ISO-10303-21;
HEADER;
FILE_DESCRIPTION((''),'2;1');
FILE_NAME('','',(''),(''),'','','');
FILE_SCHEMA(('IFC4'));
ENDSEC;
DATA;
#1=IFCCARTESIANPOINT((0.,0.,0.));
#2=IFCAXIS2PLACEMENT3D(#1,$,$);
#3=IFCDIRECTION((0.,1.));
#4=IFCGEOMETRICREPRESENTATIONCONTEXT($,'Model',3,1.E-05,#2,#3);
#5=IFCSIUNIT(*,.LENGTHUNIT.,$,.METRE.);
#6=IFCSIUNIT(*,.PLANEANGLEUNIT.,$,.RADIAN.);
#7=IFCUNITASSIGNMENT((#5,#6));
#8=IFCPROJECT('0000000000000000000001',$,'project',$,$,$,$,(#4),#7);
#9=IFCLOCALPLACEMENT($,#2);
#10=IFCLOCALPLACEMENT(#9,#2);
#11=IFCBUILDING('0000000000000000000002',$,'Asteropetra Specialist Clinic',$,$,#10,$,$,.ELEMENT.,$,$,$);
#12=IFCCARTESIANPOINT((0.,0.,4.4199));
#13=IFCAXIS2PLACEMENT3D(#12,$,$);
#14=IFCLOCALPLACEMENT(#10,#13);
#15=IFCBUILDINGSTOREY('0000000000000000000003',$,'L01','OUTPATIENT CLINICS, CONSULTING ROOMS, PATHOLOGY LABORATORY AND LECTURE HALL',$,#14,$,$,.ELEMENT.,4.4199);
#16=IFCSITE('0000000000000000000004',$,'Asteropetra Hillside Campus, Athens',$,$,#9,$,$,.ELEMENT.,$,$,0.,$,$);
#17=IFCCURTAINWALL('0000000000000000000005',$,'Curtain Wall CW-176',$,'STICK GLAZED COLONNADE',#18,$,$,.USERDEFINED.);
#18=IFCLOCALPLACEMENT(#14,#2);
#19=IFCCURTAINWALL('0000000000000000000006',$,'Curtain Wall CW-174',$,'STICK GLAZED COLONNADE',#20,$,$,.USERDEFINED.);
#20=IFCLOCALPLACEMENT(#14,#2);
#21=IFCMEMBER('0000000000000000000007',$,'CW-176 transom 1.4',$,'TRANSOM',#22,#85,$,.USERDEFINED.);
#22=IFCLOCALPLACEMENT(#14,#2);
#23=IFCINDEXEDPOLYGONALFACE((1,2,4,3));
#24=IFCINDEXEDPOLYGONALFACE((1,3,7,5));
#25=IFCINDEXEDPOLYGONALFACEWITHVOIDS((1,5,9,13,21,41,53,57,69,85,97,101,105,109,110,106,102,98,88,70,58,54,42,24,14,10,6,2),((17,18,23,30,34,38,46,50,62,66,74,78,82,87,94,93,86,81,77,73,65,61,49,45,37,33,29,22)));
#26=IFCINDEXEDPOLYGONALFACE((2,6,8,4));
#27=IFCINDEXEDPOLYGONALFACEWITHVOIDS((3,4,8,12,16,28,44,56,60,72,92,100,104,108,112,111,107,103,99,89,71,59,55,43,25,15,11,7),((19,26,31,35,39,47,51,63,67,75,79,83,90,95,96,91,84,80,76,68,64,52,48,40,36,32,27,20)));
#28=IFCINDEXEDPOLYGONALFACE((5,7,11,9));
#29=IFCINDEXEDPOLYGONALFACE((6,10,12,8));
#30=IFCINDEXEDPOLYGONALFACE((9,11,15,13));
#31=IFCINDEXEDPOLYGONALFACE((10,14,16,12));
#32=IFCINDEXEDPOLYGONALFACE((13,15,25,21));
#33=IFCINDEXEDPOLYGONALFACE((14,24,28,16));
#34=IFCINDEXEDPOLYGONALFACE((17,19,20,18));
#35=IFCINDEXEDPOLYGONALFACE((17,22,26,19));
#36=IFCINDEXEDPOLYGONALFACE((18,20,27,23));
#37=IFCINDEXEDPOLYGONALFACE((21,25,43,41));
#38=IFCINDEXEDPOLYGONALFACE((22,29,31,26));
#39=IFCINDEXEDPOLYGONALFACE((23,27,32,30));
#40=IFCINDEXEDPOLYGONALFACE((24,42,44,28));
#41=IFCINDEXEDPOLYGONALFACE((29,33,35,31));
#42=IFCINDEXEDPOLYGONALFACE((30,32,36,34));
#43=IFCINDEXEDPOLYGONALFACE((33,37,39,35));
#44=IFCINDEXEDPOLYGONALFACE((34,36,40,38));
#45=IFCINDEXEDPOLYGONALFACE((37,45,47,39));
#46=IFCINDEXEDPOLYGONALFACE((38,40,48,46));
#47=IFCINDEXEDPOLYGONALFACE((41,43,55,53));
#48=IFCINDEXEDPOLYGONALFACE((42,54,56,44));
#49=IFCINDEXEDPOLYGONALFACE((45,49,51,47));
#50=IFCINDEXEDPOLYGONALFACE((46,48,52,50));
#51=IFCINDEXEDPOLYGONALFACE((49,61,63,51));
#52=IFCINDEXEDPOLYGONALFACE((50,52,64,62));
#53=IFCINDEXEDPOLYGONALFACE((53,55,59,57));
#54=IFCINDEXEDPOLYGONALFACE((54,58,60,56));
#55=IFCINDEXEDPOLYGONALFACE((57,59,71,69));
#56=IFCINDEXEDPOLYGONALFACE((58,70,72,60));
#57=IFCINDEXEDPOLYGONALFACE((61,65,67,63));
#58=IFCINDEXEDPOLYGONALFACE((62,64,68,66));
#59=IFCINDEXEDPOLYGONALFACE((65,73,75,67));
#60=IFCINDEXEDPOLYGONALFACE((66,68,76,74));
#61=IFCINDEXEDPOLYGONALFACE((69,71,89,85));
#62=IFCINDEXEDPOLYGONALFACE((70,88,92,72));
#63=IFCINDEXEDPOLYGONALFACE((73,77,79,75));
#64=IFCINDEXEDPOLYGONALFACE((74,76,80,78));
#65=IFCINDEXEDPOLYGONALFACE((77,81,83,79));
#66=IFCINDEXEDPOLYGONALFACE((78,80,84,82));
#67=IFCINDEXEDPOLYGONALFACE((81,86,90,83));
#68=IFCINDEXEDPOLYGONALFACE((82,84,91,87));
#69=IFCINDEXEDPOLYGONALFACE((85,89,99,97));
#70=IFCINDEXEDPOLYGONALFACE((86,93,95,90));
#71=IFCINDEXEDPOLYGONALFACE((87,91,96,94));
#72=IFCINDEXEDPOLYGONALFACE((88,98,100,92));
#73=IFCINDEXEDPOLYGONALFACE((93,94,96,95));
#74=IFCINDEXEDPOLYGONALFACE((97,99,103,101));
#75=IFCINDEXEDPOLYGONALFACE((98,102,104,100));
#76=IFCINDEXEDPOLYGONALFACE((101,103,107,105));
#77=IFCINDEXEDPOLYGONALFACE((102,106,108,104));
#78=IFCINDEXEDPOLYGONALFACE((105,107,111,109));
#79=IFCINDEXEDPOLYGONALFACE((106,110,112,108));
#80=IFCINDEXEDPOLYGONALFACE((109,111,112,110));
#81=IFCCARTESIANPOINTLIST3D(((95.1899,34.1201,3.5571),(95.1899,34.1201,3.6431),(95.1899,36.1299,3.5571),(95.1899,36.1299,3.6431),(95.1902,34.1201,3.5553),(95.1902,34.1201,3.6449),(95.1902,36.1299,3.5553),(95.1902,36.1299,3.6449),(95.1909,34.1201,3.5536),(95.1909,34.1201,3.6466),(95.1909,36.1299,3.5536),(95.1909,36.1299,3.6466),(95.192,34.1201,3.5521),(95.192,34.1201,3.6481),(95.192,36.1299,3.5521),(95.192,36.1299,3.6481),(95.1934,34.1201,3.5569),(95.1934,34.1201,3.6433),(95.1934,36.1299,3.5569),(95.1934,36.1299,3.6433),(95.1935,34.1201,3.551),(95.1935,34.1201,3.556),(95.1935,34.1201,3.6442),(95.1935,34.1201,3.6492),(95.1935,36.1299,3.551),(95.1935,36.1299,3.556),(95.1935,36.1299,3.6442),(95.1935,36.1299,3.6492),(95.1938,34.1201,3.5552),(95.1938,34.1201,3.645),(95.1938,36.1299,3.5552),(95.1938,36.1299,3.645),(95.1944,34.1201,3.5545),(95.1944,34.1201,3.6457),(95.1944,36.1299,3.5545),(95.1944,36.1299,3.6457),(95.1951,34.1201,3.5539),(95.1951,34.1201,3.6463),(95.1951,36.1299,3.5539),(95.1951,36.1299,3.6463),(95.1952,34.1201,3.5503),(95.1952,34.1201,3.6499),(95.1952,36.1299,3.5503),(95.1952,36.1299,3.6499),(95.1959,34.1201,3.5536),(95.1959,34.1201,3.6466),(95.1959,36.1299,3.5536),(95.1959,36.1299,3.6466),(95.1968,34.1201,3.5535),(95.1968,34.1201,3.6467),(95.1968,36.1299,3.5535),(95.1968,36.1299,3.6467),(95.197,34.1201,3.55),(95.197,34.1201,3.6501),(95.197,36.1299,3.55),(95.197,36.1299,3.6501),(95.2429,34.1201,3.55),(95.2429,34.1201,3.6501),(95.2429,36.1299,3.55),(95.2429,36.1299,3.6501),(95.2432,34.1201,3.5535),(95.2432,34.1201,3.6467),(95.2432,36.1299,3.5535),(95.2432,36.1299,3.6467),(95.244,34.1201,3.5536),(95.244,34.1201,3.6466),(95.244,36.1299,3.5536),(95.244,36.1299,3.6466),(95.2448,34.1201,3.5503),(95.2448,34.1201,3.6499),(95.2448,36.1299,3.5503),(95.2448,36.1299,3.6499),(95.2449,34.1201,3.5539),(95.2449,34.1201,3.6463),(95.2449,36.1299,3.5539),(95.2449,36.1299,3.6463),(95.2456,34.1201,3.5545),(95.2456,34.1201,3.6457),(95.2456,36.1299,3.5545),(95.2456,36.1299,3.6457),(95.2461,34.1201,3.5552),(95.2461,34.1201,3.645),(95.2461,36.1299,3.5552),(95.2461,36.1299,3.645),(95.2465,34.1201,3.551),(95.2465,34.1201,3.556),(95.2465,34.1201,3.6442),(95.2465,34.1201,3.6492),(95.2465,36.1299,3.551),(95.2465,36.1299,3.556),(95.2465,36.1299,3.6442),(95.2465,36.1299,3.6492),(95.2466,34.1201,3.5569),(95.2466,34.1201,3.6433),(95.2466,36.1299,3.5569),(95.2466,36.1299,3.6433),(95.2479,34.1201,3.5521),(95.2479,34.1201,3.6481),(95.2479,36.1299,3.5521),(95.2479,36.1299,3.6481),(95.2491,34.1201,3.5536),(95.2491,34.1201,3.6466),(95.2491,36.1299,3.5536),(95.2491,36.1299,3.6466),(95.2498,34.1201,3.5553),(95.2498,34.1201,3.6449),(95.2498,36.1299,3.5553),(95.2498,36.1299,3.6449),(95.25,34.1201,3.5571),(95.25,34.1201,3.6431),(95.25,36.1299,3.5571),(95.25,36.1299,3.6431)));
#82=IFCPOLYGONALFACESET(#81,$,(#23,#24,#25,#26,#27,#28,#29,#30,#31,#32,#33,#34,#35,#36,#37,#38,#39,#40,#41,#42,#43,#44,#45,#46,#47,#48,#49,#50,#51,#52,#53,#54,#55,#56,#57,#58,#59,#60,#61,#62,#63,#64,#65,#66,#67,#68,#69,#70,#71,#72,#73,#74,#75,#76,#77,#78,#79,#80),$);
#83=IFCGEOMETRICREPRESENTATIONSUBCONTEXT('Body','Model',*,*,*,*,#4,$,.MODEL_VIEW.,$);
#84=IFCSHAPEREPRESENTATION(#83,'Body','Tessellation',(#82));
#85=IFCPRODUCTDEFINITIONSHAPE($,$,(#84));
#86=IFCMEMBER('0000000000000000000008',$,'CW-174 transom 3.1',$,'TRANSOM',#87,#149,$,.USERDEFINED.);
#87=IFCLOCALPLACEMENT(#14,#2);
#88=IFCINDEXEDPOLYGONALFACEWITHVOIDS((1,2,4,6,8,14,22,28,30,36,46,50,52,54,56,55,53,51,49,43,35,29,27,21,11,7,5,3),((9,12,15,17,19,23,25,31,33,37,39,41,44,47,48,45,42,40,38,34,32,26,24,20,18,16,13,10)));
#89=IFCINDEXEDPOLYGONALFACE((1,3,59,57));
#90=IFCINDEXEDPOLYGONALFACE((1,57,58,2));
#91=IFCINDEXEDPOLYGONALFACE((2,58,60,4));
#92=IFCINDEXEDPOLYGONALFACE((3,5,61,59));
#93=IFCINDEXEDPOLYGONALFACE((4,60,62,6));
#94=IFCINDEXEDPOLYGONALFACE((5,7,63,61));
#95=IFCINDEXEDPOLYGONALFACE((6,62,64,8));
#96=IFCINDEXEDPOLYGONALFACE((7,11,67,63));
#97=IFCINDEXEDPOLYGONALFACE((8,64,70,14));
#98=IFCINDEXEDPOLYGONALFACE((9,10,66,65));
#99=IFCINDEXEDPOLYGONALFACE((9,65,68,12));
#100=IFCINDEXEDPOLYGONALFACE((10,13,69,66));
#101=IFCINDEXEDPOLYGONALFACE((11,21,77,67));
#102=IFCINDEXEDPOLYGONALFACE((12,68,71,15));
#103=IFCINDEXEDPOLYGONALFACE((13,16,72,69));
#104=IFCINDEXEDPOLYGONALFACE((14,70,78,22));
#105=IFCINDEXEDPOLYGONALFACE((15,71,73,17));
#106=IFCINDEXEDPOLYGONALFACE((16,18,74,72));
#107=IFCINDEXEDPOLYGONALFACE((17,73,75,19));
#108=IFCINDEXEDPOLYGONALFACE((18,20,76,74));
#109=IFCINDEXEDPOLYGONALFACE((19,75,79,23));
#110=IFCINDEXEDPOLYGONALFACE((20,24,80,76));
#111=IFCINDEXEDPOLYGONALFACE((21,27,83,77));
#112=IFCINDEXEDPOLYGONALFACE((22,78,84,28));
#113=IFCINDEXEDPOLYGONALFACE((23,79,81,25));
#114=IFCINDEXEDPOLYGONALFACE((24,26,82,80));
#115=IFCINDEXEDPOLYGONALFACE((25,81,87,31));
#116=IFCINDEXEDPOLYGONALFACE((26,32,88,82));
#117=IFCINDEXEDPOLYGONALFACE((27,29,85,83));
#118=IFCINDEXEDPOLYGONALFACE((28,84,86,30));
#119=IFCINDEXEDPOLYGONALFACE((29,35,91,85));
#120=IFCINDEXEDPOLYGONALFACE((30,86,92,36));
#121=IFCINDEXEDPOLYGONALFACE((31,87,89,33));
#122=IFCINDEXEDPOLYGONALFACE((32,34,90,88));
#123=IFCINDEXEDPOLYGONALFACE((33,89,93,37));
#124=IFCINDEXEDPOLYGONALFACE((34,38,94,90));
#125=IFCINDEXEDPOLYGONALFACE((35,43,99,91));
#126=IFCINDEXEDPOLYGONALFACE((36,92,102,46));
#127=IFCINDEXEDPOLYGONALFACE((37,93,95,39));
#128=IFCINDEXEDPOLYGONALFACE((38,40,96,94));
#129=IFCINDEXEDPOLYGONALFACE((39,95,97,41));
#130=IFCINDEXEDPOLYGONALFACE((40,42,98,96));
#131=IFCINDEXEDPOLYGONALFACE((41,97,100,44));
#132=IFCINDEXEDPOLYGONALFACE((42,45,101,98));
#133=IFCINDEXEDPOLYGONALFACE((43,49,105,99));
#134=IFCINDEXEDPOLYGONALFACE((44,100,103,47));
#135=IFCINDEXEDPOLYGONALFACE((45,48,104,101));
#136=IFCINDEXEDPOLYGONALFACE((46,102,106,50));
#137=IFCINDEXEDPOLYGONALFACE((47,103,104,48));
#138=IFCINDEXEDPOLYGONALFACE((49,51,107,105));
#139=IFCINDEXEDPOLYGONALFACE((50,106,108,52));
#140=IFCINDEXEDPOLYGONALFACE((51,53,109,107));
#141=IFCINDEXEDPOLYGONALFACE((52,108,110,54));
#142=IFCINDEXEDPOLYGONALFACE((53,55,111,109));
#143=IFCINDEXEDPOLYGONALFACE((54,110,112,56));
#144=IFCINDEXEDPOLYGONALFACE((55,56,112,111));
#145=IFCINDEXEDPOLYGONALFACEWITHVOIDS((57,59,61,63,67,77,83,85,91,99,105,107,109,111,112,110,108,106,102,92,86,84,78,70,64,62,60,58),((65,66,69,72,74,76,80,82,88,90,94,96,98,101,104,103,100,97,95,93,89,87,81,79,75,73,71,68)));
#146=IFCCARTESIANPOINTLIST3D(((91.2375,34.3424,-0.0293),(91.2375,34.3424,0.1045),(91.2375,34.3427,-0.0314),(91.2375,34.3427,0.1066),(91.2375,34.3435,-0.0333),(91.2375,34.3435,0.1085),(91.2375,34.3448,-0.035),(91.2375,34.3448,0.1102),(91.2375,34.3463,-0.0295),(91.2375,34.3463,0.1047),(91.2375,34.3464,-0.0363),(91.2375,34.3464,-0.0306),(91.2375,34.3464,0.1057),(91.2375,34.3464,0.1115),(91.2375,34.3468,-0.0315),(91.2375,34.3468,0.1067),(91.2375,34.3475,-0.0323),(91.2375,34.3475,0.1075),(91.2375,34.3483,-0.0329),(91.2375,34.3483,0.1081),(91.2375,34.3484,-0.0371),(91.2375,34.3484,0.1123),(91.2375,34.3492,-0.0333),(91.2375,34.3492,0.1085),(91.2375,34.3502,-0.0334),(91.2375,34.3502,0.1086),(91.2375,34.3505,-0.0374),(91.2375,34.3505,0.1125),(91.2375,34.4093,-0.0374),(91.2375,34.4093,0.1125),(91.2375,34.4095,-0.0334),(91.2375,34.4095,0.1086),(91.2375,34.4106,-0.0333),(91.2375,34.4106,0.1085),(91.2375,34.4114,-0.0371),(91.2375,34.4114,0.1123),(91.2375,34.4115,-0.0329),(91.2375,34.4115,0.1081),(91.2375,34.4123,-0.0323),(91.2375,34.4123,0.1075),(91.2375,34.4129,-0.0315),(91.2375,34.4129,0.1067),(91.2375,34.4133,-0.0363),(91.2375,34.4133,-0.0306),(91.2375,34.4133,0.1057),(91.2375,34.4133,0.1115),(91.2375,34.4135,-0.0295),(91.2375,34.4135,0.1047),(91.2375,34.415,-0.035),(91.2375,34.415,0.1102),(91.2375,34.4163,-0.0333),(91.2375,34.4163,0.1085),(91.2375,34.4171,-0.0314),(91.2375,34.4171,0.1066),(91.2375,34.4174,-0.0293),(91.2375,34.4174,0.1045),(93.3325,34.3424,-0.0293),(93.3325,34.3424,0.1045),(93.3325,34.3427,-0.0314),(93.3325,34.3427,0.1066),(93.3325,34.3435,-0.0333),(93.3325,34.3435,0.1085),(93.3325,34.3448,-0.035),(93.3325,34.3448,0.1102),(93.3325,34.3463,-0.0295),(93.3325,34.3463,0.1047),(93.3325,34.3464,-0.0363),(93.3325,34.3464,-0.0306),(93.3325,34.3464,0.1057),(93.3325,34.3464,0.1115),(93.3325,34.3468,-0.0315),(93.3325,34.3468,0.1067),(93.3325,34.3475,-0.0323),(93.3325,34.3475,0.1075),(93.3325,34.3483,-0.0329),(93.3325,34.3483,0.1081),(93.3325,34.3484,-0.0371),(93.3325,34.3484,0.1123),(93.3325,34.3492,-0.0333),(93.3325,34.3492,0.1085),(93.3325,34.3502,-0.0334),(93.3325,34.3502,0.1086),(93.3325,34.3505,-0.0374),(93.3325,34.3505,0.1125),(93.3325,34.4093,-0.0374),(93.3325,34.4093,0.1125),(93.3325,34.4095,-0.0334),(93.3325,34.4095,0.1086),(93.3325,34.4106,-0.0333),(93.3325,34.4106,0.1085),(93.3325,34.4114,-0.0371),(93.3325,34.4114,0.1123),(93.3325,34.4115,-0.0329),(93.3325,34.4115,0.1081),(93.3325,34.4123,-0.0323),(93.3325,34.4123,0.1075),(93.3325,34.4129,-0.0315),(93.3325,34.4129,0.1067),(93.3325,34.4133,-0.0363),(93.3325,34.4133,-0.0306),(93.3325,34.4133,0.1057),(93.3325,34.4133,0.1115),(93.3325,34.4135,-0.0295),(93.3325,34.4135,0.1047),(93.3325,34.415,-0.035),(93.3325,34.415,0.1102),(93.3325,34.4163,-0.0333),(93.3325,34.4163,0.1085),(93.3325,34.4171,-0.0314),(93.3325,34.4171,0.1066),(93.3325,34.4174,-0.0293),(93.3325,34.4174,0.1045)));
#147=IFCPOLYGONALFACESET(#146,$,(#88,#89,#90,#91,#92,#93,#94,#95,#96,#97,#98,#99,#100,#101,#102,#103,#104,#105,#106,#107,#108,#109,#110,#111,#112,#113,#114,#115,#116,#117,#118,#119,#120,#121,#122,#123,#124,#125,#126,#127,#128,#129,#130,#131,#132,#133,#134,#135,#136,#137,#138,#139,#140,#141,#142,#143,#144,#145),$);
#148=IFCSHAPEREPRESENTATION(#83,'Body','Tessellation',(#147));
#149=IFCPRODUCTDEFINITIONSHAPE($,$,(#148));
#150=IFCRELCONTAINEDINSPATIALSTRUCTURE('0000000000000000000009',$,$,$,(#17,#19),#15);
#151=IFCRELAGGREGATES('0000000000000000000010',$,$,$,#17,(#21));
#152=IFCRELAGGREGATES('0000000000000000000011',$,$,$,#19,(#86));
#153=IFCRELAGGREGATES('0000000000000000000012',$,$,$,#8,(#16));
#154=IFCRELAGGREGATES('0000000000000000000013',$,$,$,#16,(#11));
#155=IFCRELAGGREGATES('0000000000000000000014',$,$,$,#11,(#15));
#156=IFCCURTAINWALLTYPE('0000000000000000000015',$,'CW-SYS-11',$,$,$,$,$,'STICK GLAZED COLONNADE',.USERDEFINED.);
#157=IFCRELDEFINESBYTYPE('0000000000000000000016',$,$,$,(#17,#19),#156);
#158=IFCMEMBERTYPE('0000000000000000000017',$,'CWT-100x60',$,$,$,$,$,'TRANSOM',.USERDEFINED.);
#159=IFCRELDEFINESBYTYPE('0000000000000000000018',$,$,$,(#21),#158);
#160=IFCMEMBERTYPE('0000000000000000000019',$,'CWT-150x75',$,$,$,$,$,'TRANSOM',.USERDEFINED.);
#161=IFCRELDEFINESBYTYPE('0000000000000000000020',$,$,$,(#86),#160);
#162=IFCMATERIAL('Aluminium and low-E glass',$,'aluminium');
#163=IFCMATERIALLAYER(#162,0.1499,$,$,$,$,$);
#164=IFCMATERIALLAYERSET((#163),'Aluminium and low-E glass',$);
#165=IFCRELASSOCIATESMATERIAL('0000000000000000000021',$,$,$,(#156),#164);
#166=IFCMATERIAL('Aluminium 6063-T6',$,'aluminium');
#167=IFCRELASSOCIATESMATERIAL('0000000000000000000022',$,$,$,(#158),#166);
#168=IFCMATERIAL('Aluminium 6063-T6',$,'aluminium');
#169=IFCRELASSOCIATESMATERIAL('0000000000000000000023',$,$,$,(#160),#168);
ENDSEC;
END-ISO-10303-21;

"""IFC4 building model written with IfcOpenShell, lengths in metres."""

from ifc_helpers import new_model, si_unit, direction, frame, origin, origin_2d, place, context, subcontext, project, spatial, hollow_rectangle, extrude, material, layer, layer_set, material_profile, profile_set, type_object, element, aggregate, save


model = new_model("IFC4")

# Units and contexts
model_context = context("Model", 3, precision=1e-05, world=origin(), true_north=direction((0.0, 1.0)))
body_context = subcontext(model_context, "Body", "Model", "MODEL_VIEW")
ifc_project = project(units=[si_unit("LENGTHUNIT", "METRE"), si_unit("PLANEANGLEUNIT", "RADIAN")], contexts=[model_context])

# Site, building, storey
site_placement = place(None, origin())
site = spatial("IfcSite", under=ifc_project, at=site_placement, Name="Asteropetra Hillside Campus, Athens", CompositionType="ELEMENT", RefElevation=0.0)
building_placement = place(site_placement, origin())
building = spatial("IfcBuilding", under=site, at=building_placement, Name="Asteropetra Specialist Clinic", CompositionType="ELEMENT")
storey_placement = place(building_placement, frame((0.0, 0.0, 4.4199)))
storey = spatial("IfcBuildingStorey", under=building, at=storey_placement, Name="L01", Description="OUTPATIENT CLINICS, CONSULTING ROOMS, PATHOLOGY LABORATORY AND LECTURE HALL", CompositionType="ELEMENT", Elevation=4.4199)

# Curtain wall
ifc_material_1 = material(Name="Aluminium and low-E glass", Category="aluminium")
ifc_layer_1 = layer(ifc_material_1, 0.1499)
ifc_layer_set_1 = layer_set([ifc_layer_1], Name="Aluminium and low-E glass")
curtain_wall_type = type_object("IfcCurtainWallType", Name="CW-SYS-11", ElementType="STICK GLAZED COLONNADE", PredefinedType="USERDEFINED", material=ifc_layer_set_1)
curtain_wall_1_placement = place(storey_placement, origin())
curtain_wall_1 = element("IfcCurtainWall", 1, at=curtain_wall_1_placement, inside=storey, type_object=curtain_wall_type, Name="Curtain Wall CW-176", ObjectType="STICK GLAZED COLONNADE", PredefinedType="USERDEFINED")

# Curtain wall
curtain_wall_2_placement = place(storey_placement, origin())
curtain_wall_2 = element("IfcCurtainWall", 2, at=curtain_wall_2_placement, inside=storey, type_object=curtain_wall_type, Name="Curtain Wall CW-174", ObjectType="STICK GLAZED COLONNADE", PredefinedType="USERDEFINED")

# Members
ifc_material_2 = material(Name="Aluminium 6063-T6", Category="aluminium")
ifc_material_profile_1 = material_profile(ifc_material_2, hollow_rectangle(XDim=0.0601, YDim=0.1001, WallThickness=0.0034, InnerFilletRadius=0.0034, OuterFilletRadius=0.0071, at=origin_2d()), Name="TRN 100x60x3.5")
ifc_profile_set_1 = profile_set([ifc_material_profile_1], Name="Aluminium 6063-T6")
member_type_1 = type_object("IfcMemberType", Name="CWT-100x60", ElementType="TRANSOM", PredefinedType="USERDEFINED", material=ifc_profile_set_1)
member_1_placement = place(storey_placement, frame((95.22, 34.1201, 3.6001), z_axis=(0.0, 1.0, 0.0), x_axis=(-1.0, 0.0, 0.0)))
member_1 = element("IfcMember", 3, at=member_1_placement, type_object=member_type_1, Name="CW-176 transom 1.4", ObjectType="TRANSOM", PredefinedType="USERDEFINED", context=body_context, shape_type="SweptSolid", body=[
    extrude(hollow_rectangle(XDim=0.0601, YDim=0.1001, WallThickness=0.0034, InnerFilletRadius=0.0034, OuterFilletRadius=0.0071, at=origin_2d()), origin(), (0.0, 0.0, 1.0), 2.0098),
])
aggregate(curtain_wall_1, [member_1])
ifc_material_3 = material(Name="Aluminium 6063-T6", Category="aluminium")
ifc_material_profile_2 = material_profile(ifc_material_3, hollow_rectangle(XDim=0.075, YDim=0.1499, WallThickness=0.0039, InnerFilletRadius=0.0039, OuterFilletRadius=0.0081, at=origin_2d()), Name="TRN 150x75x4.0")
ifc_profile_set_2 = profile_set([ifc_material_profile_2], Name="Aluminium 6063-T6")
member_type_2 = type_object("IfcMemberType", Name="CWT-150x75", ElementType="TRANSOM", PredefinedType="USERDEFINED", material=ifc_profile_set_2)
member_2_placement = place(storey_placement, frame((91.2375, 34.3799, 0.0376), z_axis=(1.0, 0.0, 0.0), x_axis=(0.0, 1.0, 0.0)))
member_2 = element("IfcMember", 4, at=member_2_placement, type_object=member_type_2, Name="CW-174 transom 3.1", ObjectType="TRANSOM", PredefinedType="USERDEFINED", context=body_context, shape_type="SweptSolid", body=[
    extrude(hollow_rectangle(XDim=0.075, YDim=0.1499, WallThickness=0.0039, InnerFilletRadius=0.0039, OuterFilletRadius=0.0081, at=origin_2d()), origin(), (0.0, 0.0, 1.0), 2.095),
])

aggregate(curtain_wall_2, [member_2])

save(model, "model.ifc")
